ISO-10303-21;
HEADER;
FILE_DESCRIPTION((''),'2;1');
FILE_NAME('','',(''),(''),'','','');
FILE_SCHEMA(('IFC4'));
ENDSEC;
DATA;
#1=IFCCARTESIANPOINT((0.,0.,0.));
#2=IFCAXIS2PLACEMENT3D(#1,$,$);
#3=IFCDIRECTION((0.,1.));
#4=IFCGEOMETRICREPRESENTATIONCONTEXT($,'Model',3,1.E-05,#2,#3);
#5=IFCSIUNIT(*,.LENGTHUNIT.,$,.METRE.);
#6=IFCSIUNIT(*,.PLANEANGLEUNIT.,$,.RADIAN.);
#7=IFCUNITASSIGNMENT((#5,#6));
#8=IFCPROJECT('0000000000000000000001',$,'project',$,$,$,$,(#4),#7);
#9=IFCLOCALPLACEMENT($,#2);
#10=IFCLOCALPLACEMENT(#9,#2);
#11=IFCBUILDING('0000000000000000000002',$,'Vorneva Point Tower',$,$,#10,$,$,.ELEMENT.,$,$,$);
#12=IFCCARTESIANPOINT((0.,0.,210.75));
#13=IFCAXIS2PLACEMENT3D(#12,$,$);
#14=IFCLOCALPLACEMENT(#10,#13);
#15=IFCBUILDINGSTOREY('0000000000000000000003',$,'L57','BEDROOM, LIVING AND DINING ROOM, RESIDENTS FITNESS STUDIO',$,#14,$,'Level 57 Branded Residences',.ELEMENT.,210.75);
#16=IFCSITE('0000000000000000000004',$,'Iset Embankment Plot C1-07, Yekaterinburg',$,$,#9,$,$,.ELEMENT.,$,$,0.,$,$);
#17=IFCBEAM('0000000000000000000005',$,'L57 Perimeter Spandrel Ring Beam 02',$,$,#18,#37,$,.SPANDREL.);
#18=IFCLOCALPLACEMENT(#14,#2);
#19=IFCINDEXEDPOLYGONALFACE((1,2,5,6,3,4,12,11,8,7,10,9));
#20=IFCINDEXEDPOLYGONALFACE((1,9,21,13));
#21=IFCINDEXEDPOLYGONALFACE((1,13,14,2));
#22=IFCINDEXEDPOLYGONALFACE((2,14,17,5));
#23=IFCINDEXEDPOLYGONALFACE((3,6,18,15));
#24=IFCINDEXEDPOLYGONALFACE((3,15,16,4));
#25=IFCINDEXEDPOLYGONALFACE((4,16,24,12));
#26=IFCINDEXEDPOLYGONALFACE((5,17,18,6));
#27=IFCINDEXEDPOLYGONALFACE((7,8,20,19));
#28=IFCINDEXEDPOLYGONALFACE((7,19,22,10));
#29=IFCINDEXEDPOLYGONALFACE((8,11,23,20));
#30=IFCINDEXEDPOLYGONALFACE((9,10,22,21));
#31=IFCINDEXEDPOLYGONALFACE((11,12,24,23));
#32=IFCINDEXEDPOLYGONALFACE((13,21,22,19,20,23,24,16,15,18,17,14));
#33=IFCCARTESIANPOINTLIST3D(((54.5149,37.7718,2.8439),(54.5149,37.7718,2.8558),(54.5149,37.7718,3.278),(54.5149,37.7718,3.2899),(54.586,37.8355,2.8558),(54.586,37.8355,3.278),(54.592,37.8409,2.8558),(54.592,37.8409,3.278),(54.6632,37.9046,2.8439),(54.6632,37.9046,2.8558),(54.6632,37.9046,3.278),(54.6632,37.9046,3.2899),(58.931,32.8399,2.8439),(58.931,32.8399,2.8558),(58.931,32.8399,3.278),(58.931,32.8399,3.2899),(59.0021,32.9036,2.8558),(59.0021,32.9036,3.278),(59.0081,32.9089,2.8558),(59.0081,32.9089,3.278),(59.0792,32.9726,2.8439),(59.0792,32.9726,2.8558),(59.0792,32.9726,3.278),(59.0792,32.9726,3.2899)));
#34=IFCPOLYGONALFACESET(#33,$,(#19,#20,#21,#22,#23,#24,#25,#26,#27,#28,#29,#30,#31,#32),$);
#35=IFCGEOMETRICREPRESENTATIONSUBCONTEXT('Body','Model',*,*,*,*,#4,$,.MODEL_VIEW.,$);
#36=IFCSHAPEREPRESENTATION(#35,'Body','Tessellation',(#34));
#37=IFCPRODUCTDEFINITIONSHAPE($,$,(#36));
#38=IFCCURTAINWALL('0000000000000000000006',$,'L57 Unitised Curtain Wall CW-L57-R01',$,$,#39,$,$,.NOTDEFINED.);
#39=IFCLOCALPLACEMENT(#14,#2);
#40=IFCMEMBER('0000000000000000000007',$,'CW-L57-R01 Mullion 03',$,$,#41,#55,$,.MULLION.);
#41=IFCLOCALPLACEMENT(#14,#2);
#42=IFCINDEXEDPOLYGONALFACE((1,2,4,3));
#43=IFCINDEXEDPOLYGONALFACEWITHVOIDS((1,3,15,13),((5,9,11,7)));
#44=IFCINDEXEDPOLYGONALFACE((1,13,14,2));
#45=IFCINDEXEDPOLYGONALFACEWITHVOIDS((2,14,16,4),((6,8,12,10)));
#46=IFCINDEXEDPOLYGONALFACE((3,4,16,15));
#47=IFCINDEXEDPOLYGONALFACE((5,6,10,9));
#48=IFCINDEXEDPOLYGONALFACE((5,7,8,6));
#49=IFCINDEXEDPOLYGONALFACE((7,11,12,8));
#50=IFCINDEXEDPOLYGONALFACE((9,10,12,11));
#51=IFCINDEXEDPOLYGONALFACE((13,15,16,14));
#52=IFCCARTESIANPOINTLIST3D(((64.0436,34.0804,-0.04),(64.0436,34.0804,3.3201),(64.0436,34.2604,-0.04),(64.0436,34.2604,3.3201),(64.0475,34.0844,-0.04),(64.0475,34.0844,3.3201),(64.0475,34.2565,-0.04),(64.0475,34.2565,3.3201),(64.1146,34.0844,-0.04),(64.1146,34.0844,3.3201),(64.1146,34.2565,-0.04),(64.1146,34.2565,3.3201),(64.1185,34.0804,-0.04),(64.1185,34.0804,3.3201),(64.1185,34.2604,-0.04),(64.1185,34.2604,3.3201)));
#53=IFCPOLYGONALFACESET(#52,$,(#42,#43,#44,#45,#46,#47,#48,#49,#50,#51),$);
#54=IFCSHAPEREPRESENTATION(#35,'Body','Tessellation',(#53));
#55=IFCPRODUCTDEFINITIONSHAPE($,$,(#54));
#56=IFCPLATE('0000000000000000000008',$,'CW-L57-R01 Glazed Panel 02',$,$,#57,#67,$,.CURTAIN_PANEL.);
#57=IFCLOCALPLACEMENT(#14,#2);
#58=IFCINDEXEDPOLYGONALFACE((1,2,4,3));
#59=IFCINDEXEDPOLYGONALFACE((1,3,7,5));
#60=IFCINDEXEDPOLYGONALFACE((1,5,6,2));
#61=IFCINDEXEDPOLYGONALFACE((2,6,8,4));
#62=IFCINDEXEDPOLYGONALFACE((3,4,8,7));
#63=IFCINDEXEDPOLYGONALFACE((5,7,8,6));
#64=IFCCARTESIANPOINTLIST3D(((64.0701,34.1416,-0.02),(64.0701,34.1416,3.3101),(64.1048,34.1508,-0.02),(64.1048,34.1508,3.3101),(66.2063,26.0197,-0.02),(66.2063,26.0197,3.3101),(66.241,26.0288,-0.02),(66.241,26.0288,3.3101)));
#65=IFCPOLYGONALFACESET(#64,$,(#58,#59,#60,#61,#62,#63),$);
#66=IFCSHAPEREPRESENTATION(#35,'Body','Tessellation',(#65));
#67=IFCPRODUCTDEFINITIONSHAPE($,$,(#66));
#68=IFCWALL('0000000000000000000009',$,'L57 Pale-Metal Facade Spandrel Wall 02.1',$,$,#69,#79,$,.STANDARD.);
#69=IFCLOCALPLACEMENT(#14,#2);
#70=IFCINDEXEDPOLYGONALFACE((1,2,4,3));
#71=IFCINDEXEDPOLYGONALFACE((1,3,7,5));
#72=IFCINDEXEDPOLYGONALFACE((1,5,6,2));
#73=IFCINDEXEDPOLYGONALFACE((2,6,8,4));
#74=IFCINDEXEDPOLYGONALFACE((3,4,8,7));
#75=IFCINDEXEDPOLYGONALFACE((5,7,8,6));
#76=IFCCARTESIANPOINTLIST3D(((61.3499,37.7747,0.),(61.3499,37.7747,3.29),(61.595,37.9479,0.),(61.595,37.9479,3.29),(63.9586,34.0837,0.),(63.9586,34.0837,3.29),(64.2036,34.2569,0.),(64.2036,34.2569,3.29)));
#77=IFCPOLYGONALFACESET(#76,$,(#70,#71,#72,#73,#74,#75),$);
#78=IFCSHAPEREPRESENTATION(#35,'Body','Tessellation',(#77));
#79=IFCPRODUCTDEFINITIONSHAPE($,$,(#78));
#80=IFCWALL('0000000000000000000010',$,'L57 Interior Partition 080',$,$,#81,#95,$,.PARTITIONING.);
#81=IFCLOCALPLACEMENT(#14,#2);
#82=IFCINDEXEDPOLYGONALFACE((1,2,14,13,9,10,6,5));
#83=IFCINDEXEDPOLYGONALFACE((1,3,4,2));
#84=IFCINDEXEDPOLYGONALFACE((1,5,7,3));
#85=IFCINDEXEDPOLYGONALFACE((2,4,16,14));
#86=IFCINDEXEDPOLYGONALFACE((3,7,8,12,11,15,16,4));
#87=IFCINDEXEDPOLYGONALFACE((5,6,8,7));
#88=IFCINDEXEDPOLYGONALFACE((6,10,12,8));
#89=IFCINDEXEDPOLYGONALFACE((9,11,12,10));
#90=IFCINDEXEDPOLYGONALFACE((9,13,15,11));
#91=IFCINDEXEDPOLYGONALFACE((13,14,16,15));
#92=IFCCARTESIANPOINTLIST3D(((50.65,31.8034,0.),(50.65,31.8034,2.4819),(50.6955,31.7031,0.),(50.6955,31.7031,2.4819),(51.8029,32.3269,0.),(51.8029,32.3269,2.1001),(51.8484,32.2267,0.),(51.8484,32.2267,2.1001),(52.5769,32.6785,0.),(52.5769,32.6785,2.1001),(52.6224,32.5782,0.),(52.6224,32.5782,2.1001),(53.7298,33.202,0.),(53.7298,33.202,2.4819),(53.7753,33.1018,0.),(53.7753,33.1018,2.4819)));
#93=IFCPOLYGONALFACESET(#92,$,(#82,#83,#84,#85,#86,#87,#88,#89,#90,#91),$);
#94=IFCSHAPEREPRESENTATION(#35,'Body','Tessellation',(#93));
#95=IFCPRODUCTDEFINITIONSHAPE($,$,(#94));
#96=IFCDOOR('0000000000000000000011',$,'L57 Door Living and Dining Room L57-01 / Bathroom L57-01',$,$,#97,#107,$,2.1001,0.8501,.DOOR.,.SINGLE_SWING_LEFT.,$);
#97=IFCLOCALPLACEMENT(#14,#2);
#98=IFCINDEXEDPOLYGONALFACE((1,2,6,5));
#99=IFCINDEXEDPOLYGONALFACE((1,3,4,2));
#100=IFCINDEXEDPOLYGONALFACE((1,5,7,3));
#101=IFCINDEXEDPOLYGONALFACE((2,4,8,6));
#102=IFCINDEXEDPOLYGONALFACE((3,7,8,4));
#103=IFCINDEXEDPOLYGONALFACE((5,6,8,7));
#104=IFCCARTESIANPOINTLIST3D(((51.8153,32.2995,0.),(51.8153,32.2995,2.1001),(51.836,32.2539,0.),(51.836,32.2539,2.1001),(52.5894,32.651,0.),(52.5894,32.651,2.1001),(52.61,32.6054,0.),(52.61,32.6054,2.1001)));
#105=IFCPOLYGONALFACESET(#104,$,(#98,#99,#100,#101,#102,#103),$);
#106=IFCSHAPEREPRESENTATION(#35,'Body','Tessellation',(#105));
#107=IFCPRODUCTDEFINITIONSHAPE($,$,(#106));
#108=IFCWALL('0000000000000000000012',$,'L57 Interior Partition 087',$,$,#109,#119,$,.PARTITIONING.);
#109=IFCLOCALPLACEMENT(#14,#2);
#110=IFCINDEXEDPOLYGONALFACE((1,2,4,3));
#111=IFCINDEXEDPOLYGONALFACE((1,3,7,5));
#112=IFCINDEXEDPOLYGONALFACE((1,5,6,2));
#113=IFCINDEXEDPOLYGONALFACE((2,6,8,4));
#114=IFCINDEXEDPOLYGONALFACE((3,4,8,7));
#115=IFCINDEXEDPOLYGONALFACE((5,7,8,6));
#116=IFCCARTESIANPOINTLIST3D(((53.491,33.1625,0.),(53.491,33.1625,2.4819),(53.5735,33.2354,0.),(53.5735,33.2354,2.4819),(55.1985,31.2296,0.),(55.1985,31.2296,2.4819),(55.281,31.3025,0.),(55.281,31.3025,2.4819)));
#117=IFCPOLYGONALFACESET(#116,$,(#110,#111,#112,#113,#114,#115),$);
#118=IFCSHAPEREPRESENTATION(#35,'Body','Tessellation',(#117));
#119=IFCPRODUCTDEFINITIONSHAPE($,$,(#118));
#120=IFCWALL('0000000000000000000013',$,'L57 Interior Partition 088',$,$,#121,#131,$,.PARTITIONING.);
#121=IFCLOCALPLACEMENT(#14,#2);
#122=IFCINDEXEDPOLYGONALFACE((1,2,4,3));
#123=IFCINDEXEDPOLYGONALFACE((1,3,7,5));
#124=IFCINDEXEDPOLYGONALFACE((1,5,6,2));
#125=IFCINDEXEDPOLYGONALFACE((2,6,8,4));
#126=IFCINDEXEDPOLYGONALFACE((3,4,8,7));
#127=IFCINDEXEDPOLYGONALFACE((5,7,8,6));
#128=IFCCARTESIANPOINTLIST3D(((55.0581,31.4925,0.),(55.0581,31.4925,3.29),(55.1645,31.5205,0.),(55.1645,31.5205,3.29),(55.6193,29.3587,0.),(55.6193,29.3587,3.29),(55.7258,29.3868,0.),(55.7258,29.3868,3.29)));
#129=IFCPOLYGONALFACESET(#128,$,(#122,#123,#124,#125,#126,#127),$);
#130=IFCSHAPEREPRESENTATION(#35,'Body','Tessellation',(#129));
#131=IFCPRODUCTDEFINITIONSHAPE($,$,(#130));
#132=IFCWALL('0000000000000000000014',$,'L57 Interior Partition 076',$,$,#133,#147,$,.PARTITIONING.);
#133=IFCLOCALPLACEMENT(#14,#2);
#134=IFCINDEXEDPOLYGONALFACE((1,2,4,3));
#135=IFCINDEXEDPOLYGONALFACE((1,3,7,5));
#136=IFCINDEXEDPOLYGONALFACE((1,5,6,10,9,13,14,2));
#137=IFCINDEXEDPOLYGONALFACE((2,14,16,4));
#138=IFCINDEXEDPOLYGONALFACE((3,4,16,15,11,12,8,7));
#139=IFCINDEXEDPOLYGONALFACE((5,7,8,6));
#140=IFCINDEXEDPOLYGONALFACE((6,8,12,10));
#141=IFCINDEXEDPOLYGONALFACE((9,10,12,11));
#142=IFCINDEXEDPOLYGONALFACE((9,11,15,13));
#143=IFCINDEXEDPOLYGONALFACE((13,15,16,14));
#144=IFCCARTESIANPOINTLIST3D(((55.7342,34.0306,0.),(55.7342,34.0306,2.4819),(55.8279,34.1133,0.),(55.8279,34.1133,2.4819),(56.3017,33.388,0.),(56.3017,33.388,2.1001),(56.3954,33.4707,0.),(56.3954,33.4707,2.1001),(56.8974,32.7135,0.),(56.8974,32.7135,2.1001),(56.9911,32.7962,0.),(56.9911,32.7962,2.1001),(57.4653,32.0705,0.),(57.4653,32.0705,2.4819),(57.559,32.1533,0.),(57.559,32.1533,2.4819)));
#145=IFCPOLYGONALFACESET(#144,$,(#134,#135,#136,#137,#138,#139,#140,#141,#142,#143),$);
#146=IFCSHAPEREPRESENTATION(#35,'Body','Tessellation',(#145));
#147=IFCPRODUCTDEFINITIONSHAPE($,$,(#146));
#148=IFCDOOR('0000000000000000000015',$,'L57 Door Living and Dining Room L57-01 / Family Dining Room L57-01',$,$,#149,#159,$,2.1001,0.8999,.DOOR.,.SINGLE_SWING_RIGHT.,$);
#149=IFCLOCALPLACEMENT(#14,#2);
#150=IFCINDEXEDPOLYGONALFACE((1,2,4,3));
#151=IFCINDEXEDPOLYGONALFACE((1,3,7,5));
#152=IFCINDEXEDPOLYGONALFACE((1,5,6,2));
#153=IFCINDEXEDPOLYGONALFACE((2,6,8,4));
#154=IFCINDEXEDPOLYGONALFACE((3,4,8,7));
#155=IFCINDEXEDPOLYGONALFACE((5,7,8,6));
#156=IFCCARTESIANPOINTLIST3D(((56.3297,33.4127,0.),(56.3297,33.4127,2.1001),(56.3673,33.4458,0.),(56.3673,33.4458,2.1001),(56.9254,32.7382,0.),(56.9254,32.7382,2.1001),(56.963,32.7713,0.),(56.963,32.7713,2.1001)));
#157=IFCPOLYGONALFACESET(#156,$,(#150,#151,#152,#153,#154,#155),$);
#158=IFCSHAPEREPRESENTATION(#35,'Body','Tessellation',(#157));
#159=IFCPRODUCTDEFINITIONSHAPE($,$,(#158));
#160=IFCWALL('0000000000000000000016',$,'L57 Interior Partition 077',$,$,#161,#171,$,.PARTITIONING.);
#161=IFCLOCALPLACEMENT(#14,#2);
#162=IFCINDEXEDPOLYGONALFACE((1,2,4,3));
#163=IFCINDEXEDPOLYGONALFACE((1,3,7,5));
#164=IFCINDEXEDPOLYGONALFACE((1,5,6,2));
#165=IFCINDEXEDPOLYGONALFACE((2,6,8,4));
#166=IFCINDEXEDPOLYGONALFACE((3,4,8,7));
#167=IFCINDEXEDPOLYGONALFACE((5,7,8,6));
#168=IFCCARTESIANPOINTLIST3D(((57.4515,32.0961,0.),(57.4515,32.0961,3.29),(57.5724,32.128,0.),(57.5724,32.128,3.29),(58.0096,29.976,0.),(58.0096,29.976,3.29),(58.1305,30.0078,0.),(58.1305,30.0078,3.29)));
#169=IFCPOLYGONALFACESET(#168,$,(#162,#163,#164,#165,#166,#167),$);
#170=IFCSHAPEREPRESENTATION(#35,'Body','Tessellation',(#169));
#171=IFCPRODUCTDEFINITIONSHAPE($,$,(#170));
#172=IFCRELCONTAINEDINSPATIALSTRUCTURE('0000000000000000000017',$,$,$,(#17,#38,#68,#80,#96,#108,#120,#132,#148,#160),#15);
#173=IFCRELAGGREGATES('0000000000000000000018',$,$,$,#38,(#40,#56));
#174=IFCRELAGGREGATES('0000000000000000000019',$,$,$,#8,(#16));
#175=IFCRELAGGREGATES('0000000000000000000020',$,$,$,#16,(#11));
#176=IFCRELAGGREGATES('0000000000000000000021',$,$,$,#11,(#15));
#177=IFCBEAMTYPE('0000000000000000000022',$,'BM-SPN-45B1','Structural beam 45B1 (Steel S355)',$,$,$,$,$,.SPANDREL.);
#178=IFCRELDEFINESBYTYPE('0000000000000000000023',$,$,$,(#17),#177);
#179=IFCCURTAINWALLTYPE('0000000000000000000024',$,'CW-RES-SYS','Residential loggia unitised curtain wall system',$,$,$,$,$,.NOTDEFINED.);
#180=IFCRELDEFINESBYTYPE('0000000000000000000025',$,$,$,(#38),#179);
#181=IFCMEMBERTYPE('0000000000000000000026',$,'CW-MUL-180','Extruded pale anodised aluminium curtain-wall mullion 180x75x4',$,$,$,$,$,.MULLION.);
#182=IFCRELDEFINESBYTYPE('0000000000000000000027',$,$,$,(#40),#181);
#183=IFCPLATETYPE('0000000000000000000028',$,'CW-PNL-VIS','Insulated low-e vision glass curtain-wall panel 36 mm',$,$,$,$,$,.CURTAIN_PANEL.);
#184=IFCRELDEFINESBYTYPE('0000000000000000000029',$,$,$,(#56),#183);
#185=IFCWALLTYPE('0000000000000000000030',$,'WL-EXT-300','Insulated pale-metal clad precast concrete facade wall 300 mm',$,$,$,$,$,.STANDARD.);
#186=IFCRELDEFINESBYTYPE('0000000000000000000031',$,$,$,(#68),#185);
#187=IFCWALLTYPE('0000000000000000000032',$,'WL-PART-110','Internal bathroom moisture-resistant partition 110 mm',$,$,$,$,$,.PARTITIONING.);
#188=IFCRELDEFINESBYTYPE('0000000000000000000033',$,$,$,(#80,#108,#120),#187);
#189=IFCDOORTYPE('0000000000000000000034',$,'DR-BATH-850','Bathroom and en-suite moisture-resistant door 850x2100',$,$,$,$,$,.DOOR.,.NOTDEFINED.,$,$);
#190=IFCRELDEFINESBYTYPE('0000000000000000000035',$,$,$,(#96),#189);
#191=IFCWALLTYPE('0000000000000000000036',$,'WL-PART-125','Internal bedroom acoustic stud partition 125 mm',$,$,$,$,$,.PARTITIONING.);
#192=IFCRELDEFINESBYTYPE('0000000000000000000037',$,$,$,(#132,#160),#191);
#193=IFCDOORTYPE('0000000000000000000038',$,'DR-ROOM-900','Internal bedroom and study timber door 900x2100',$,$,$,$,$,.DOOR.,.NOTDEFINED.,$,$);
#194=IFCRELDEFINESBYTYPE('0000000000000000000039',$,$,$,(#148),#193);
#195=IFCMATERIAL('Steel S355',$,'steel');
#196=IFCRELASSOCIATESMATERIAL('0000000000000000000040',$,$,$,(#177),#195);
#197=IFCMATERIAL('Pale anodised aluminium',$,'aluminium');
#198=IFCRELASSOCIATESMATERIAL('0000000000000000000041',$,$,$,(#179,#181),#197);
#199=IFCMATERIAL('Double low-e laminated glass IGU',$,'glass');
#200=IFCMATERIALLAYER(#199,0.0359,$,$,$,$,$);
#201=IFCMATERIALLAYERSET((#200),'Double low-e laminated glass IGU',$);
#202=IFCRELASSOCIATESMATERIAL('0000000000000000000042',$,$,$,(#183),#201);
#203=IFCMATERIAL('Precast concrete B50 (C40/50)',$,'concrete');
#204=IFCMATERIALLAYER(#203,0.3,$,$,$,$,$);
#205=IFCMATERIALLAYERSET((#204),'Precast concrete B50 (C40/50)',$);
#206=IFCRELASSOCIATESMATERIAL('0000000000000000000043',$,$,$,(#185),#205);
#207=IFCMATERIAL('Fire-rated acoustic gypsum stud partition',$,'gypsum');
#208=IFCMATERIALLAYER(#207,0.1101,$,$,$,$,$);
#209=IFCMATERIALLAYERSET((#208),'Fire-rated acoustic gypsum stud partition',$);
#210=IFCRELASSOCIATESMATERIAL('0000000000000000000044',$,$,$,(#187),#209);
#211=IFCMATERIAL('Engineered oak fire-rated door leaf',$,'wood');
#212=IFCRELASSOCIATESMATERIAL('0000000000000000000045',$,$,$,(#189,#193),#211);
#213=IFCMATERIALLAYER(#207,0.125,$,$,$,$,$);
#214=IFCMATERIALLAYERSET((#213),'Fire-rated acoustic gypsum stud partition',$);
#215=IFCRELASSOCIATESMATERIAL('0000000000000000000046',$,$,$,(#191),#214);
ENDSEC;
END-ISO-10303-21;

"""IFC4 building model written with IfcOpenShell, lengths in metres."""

from ifc_helpers import new_model, si_unit, direction, frame, frame_2d, origin, origin_2d, place, context, subcontext, project, spatial, rectangle, hollow_rectangle, i_section, extrude, material, layer, layer_set, material_profile, profile_set, type_object, element, fill, aggregate, save


model = new_model("IFC4")

# Units and contexts
model_context = context("Model", 3, precision=1e-05, world=origin(), true_north=direction((0.0, 1.0)))
body_context = subcontext(model_context, "Body", "Model", "MODEL_VIEW")
ifc_project = project(units=[si_unit("LENGTHUNIT", "METRE"), si_unit("PLANEANGLEUNIT", "RADIAN")], contexts=[model_context])

# Site, building, storey
site_placement = place(None, origin())
site = spatial("IfcSite", under=ifc_project, at=site_placement, Name="Iset Embankment Plot C1-07, Yekaterinburg", CompositionType="ELEMENT", RefElevation=0.0)
building_placement = place(site_placement, origin())
building = spatial("IfcBuilding", under=site, at=building_placement, Name="Vorneva Point Tower", CompositionType="ELEMENT")
storey_placement = place(building_placement, frame((0.0, 0.0, 210.75)))
storey = spatial("IfcBuildingStorey", under=building, at=storey_placement, Name="L57", Description="BEDROOM, LIVING AND DINING ROOM, RESIDENTS FITNESS STUDIO", LongName="Level 57 Branded Residences", CompositionType="ELEMENT", Elevation=210.75)

# Beam
ifc_material_1 = material(Name="Steel S355", Category="steel")
ifc_material_profile_1 = material_profile(ifc_material_1, i_section(OverallWidth=0.199, OverallDepth=0.446, WebThickness=0.0081, FlangeThickness=0.012, at=origin_2d()), Name="45B1")
ifc_profile_set_1 = profile_set([ifc_material_profile_1], Name="Steel S355")
beam_type_1 = type_object("IfcBeamType", Name="BM-SPN-45B1", Description="Structural beam 45B1 (Steel S355)", PredefinedType="SPANDREL", material=ifc_profile_set_1)
beam_1_placement = place(storey_placement, frame((59.0051, 32.9062, 3.0669), z_axis=(-0.66707, 0.744995, 0.0), x_axis=(-0.744995, -0.66707, 0.0)))
element("IfcBeam", 1, at=beam_1_placement, inside=storey, type_object=beam_type_1, Name="L57 Perimeter Spandrel Ring Beam 02", PredefinedType="SPANDREL", context=body_context, shape_type="SweptSolid", body=[
    extrude(i_section(OverallWidth=0.199, OverallDepth=0.446, WebThickness=0.0081, FlangeThickness=0.012, at=origin_2d()), origin(), (0.0, 0.0, 1.0), 6.6201),
])

# Curtain wall, member, plate
ifc_material_2 = material(Name="Pale anodised aluminium", Category="aluminium")
curtain_wall_type = type_object("IfcCurtainWallType", Name="CW-RES-SYS", Description="Residential loggia unitised curtain wall system", PredefinedType="NOTDEFINED", material=ifc_material_2)
curtain_wall_placement = place(storey_placement, origin())
curtain_wall = element("IfcCurtainWall", 2, at=curtain_wall_placement, inside=storey, type_object=curtain_wall_type, Name="L57 Unitised Curtain Wall CW-L57-R01", PredefinedType="NOTDEFINED")
ifc_material_profile_2 = material_profile(ifc_material_2, hollow_rectangle(XDim=0.075, YDim=0.1799, WallThickness=0.0039, at=origin_2d()), Name="AL-MUL 180x75x4")
ifc_profile_set_2 = profile_set([ifc_material_profile_2], Name="Pale anodised aluminium")
member_type = type_object("IfcMemberType", Name="CW-MUL-180", Description="Extruded pale anodised aluminium curtain-wall mullion 180x75x4", PredefinedType="MULLION", material=ifc_profile_set_2)
member_placement = place(storey_placement, frame((64.0811, 34.1704, -0.04), z_axis=(0.0, 0.0, 1.0), x_axis=(1.0, 0.0, 0.0)))
member = element("IfcMember", 3, at=member_placement, type_object=member_type, Name="CW-L57-R01 Mullion 03", PredefinedType="MULLION", context=body_context, shape_type="SweptSolid", body=[
    extrude(hollow_rectangle(XDim=0.075, YDim=0.1799, WallThickness=0.0039, at=origin_2d()), origin(), (0.0, 0.0, 1.0), 3.3601),
])
ifc_material_3 = material(Name="Double low-e laminated glass IGU", Category="glass")
ifc_layer_1 = layer(ifc_material_3, 0.0359)
ifc_layer_set_1 = layer_set([ifc_layer_1], Name="Double low-e laminated glass IGU")
plate_type = type_object("IfcPlateType", Name="CW-PNL-VIS", Description="Insulated low-e vision glass curtain-wall panel 36 mm", PredefinedType="CURTAIN_PANEL", material=ifc_layer_set_1)
plate_placement = place(storey_placement, frame((65.1555, 30.0852, -0.02), z_axis=(0.0, 0.0, 1.0), x_axis=(-0.254366, 0.967108, 0.0)))
plate = element("IfcPlate", 4, at=plate_placement, type_object=plate_type, Name="CW-L57-R01 Glazed Panel 02", PredefinedType="CURTAIN_PANEL", context=body_context, shape_type="SweptSolid", body=[
    extrude(rectangle(XDim=8.3982, YDim=0.0359, at=origin_2d()), origin(), (0.0, 0.0, 1.0), 3.3301),
])
aggregate(curtain_wall, [member, plate])

# Wall
ifc_material_4 = material(Name="Precast concrete B50 (C40/50)", Category="concrete")
ifc_layer_2 = layer(ifc_material_4, 0.3)
ifc_layer_set_2 = layer_set([ifc_layer_2], Name="Precast concrete B50 (C40/50)")
wall_type_1 = type_object("IfcWallType", Name="WL-EXT-300", Description="Insulated pale-metal clad precast concrete facade wall 300 mm", PredefinedType="STANDARD", material=ifc_layer_set_2)
wall_1_placement = place(storey_placement, frame((64.0811, 34.1704, 0.0), z_axis=(0.0, 0.0, 1.0), x_axis=(-0.577169, 0.816625, 0.0)))
element("IfcWall", 5, at=wall_1_placement, inside=storey, type_object=wall_type_1, Name="L57 Pale-Metal Facade Spandrel Wall 02.1", PredefinedType="STANDARD", context=body_context, shape_type="SweptSolid", body=[
    extrude(rectangle(XDim=4.5198, YDim=0.3, at=frame_2d((2.2598, 0.0))), origin(), (0.0, 0.0, 1.0), 3.29),
])

# Wall, opening, door
ifc_material_5 = material(Name="Fire-rated acoustic gypsum stud partition", Category="gypsum")
ifc_layer_3 = layer(ifc_material_5, 0.1101)
ifc_layer_set_3 = layer_set([ifc_layer_3], Name="Fire-rated acoustic gypsum stud partition")
wall_type_2 = type_object("IfcWallType", Name="WL-PART-110", Description="Internal bathroom moisture-resistant partition 110 mm", PredefinedType="PARTITIONING", material=ifc_layer_set_3)
wall_2_placement = place(storey_placement, frame((50.6726, 31.7532, 0.0), z_axis=(0.0, 0.0, 1.0), x_axis=(0.910505, 0.413498, 0.0)))
wall_2 = element("IfcWall", 6, at=wall_2_placement, inside=storey, type_object=wall_type_2, Name="L57 Interior Partition 080", PredefinedType="PARTITIONING", context=body_context, shape_type="SweptSolid", body=[
    extrude(rectangle(XDim=3.3826, YDim=0.1101, at=frame_2d((1.6914, 0.0))), origin(), (0.0, 0.0, 1.0), 2.4819),
])
opening_1_placement = place(wall_2_placement, frame((1.2664, 0.0, 0.0)))
opening_1 = element("IfcOpeningElement", 7, at=opening_1_placement, cuts=wall_2, PredefinedType="OPENING", context=body_context, shape_type="SweptSolid", body=[
    extrude(rectangle(XDim=0.8501, YDim=2.1001, at=frame_2d((0.425, 1.05))), frame((0.0, 0.0698, 0.0), z_axis=(0.0, -1.0, 0.0), x_axis=(1.0, 0.0, 0.0)), (0.0, 0.0, 1.0), 0.1399),
])
ifc_material_6 = material(Name="Engineered oak fire-rated door leaf", Category="wood")
door_type_1 = type_object("IfcDoorType", Name="DR-BATH-850", Description="Bathroom and en-suite moisture-resistant door 850x2100", OperationType="NOTDEFINED", PredefinedType="DOOR", material=ifc_material_6)
door_1_placement = place(opening_1_placement, origin())
door_1 = element("IfcDoor", 8, at=door_1_placement, inside=storey, type_object=door_type_1, Name="L57 Door Living and Dining Room L57-01 / Bathroom L57-01", OperationType="SINGLE_SWING_LEFT", OverallHeight=2.1001, OverallWidth=0.8501, PredefinedType="DOOR", context=body_context, shape_type="SweptSolid", body=[
    extrude(rectangle(XDim=0.8501, YDim=2.1001, at=frame_2d((0.425, 1.05))), frame((0.0, 0.0249, 0.0), z_axis=(0.0, -1.0, 0.0), x_axis=(1.0, 0.0, 0.0)), (0.0, 0.0, 1.0), 0.05),
])
fill(opening_1, door_1)

# Walls
wall_3_placement = place(storey_placement, frame((53.5322, 33.199, 0.0), z_axis=(0.0, 0.0, 1.0), x_axis=(0.662069, -0.749443, 0.0)))
element("IfcWall", 9, at=wall_3_placement, inside=storey, type_object=wall_type_2, Name="L57 Interior Partition 087", PredefinedType="PARTITIONING", context=body_context, shape_type="SweptSolid", body=[
    extrude(rectangle(XDim=2.5791, YDim=0.1101, at=frame_2d((1.2896, 0.0))), origin(), (0.0, 0.0, 1.0), 2.4819),
])
wall_4_placement = place(storey_placement, frame((55.1113, 31.5063, 0.0), z_axis=(0.0, 0.0, 1.0), x_axis=(0.25439, -0.967102, 0.0)))
element("IfcWall", 10, at=wall_4_placement, inside=storey, type_object=wall_type_2, Name="L57 Interior Partition 088", PredefinedType="PARTITIONING", context=body_context, shape_type="SweptSolid", body=[
    extrude(rectangle(XDim=2.2063, YDim=0.1101, at=frame_2d((1.103, 0.0))), origin(), (0.0, 0.0, 1.0), 3.29),
])

# Wall, opening, door
ifc_layer_4 = layer(ifc_material_5, 0.125)
ifc_layer_set_4 = layer_set([ifc_layer_4], Name="Fire-rated acoustic gypsum stud partition")
wall_type_3 = type_object("IfcWallType", Name="WL-PART-125", Description="Internal bedroom acoustic stud partition 125 mm", PredefinedType="PARTITIONING", material=ifc_layer_set_4)
wall_5_placement = place(storey_placement, frame((55.781, 34.072, 0.0), z_axis=(0.0, 0.0, 1.0), x_axis=(0.661961, -0.749538, 0.0)))
wall_5 = element("IfcWall", 11, at=wall_5_placement, inside=storey, type_object=wall_type_3, Name="L57 Interior Partition 076", PredefinedType="PARTITIONING", context=body_context, shape_type="SweptSolid", body=[
    extrude(rectangle(XDim=2.615, YDim=0.125, at=frame_2d((1.3076, 0.0))), origin(), (0.0, 0.0, 1.0), 2.4819),
])
opening_2_placement = place(wall_5_placement, frame((0.8574, 0.0, 0.0)))
opening_2 = element("IfcOpeningElement", 12, at=opening_2_placement, cuts=wall_5, PredefinedType="OPENING", context=body_context, shape_type="SweptSolid", body=[
    extrude(rectangle(XDim=0.8999, YDim=2.1001, at=frame_2d((0.45, 1.05))), frame((0.0, 0.0774, 0.0), z_axis=(0.0, -1.0, 0.0), x_axis=(1.0, 0.0, 0.0)), (0.0, 0.0, 1.0), 0.1548),
])
door_type_2 = type_object("IfcDoorType", Name="DR-ROOM-900", Description="Internal bedroom and study timber door 900x2100", OperationType="NOTDEFINED", PredefinedType="DOOR", material=ifc_material_6)
door_2_placement = place(opening_2_placement, origin())
door_2 = element("IfcDoor", 13, at=door_2_placement, inside=storey, type_object=door_type_2, Name="L57 Door Living and Dining Room L57-01 / Family Dining Room L57-01", OperationType="SINGLE_SWING_RIGHT", OverallHeight=2.1001, OverallWidth=0.8999, PredefinedType="DOOR", context=body_context, shape_type="SweptSolid", body=[
    extrude(rectangle(XDim=0.8999, YDim=2.1001, at=frame_2d((0.45, 1.05))), frame((0.0, 0.0249, 0.0), z_axis=(0.0, -1.0, 0.0), x_axis=(1.0, 0.0, 0.0)), (0.0, 0.0, 1.0), 0.05),
])
fill(opening_2, door_2)

# Wall
wall_6_placement = place(storey_placement, frame((57.512, 32.1121, 0.0), z_axis=(0.0, 0.0, 1.0), x_axis=(0.25457, -0.967054, 0.0)))
element("IfcWall", 14, at=wall_6_placement, inside=storey, type_object=wall_type_3, Name="L57 Interior Partition 077", PredefinedType="PARTITIONING", context=body_context, shape_type="SweptSolid", body=[
    extrude(rectangle(XDim=2.1924, YDim=0.125, at=frame_2d((1.0962, 0.0))), origin(), (0.0, 0.0, 1.0), 3.29),
])

save(model, "model.ifc")
